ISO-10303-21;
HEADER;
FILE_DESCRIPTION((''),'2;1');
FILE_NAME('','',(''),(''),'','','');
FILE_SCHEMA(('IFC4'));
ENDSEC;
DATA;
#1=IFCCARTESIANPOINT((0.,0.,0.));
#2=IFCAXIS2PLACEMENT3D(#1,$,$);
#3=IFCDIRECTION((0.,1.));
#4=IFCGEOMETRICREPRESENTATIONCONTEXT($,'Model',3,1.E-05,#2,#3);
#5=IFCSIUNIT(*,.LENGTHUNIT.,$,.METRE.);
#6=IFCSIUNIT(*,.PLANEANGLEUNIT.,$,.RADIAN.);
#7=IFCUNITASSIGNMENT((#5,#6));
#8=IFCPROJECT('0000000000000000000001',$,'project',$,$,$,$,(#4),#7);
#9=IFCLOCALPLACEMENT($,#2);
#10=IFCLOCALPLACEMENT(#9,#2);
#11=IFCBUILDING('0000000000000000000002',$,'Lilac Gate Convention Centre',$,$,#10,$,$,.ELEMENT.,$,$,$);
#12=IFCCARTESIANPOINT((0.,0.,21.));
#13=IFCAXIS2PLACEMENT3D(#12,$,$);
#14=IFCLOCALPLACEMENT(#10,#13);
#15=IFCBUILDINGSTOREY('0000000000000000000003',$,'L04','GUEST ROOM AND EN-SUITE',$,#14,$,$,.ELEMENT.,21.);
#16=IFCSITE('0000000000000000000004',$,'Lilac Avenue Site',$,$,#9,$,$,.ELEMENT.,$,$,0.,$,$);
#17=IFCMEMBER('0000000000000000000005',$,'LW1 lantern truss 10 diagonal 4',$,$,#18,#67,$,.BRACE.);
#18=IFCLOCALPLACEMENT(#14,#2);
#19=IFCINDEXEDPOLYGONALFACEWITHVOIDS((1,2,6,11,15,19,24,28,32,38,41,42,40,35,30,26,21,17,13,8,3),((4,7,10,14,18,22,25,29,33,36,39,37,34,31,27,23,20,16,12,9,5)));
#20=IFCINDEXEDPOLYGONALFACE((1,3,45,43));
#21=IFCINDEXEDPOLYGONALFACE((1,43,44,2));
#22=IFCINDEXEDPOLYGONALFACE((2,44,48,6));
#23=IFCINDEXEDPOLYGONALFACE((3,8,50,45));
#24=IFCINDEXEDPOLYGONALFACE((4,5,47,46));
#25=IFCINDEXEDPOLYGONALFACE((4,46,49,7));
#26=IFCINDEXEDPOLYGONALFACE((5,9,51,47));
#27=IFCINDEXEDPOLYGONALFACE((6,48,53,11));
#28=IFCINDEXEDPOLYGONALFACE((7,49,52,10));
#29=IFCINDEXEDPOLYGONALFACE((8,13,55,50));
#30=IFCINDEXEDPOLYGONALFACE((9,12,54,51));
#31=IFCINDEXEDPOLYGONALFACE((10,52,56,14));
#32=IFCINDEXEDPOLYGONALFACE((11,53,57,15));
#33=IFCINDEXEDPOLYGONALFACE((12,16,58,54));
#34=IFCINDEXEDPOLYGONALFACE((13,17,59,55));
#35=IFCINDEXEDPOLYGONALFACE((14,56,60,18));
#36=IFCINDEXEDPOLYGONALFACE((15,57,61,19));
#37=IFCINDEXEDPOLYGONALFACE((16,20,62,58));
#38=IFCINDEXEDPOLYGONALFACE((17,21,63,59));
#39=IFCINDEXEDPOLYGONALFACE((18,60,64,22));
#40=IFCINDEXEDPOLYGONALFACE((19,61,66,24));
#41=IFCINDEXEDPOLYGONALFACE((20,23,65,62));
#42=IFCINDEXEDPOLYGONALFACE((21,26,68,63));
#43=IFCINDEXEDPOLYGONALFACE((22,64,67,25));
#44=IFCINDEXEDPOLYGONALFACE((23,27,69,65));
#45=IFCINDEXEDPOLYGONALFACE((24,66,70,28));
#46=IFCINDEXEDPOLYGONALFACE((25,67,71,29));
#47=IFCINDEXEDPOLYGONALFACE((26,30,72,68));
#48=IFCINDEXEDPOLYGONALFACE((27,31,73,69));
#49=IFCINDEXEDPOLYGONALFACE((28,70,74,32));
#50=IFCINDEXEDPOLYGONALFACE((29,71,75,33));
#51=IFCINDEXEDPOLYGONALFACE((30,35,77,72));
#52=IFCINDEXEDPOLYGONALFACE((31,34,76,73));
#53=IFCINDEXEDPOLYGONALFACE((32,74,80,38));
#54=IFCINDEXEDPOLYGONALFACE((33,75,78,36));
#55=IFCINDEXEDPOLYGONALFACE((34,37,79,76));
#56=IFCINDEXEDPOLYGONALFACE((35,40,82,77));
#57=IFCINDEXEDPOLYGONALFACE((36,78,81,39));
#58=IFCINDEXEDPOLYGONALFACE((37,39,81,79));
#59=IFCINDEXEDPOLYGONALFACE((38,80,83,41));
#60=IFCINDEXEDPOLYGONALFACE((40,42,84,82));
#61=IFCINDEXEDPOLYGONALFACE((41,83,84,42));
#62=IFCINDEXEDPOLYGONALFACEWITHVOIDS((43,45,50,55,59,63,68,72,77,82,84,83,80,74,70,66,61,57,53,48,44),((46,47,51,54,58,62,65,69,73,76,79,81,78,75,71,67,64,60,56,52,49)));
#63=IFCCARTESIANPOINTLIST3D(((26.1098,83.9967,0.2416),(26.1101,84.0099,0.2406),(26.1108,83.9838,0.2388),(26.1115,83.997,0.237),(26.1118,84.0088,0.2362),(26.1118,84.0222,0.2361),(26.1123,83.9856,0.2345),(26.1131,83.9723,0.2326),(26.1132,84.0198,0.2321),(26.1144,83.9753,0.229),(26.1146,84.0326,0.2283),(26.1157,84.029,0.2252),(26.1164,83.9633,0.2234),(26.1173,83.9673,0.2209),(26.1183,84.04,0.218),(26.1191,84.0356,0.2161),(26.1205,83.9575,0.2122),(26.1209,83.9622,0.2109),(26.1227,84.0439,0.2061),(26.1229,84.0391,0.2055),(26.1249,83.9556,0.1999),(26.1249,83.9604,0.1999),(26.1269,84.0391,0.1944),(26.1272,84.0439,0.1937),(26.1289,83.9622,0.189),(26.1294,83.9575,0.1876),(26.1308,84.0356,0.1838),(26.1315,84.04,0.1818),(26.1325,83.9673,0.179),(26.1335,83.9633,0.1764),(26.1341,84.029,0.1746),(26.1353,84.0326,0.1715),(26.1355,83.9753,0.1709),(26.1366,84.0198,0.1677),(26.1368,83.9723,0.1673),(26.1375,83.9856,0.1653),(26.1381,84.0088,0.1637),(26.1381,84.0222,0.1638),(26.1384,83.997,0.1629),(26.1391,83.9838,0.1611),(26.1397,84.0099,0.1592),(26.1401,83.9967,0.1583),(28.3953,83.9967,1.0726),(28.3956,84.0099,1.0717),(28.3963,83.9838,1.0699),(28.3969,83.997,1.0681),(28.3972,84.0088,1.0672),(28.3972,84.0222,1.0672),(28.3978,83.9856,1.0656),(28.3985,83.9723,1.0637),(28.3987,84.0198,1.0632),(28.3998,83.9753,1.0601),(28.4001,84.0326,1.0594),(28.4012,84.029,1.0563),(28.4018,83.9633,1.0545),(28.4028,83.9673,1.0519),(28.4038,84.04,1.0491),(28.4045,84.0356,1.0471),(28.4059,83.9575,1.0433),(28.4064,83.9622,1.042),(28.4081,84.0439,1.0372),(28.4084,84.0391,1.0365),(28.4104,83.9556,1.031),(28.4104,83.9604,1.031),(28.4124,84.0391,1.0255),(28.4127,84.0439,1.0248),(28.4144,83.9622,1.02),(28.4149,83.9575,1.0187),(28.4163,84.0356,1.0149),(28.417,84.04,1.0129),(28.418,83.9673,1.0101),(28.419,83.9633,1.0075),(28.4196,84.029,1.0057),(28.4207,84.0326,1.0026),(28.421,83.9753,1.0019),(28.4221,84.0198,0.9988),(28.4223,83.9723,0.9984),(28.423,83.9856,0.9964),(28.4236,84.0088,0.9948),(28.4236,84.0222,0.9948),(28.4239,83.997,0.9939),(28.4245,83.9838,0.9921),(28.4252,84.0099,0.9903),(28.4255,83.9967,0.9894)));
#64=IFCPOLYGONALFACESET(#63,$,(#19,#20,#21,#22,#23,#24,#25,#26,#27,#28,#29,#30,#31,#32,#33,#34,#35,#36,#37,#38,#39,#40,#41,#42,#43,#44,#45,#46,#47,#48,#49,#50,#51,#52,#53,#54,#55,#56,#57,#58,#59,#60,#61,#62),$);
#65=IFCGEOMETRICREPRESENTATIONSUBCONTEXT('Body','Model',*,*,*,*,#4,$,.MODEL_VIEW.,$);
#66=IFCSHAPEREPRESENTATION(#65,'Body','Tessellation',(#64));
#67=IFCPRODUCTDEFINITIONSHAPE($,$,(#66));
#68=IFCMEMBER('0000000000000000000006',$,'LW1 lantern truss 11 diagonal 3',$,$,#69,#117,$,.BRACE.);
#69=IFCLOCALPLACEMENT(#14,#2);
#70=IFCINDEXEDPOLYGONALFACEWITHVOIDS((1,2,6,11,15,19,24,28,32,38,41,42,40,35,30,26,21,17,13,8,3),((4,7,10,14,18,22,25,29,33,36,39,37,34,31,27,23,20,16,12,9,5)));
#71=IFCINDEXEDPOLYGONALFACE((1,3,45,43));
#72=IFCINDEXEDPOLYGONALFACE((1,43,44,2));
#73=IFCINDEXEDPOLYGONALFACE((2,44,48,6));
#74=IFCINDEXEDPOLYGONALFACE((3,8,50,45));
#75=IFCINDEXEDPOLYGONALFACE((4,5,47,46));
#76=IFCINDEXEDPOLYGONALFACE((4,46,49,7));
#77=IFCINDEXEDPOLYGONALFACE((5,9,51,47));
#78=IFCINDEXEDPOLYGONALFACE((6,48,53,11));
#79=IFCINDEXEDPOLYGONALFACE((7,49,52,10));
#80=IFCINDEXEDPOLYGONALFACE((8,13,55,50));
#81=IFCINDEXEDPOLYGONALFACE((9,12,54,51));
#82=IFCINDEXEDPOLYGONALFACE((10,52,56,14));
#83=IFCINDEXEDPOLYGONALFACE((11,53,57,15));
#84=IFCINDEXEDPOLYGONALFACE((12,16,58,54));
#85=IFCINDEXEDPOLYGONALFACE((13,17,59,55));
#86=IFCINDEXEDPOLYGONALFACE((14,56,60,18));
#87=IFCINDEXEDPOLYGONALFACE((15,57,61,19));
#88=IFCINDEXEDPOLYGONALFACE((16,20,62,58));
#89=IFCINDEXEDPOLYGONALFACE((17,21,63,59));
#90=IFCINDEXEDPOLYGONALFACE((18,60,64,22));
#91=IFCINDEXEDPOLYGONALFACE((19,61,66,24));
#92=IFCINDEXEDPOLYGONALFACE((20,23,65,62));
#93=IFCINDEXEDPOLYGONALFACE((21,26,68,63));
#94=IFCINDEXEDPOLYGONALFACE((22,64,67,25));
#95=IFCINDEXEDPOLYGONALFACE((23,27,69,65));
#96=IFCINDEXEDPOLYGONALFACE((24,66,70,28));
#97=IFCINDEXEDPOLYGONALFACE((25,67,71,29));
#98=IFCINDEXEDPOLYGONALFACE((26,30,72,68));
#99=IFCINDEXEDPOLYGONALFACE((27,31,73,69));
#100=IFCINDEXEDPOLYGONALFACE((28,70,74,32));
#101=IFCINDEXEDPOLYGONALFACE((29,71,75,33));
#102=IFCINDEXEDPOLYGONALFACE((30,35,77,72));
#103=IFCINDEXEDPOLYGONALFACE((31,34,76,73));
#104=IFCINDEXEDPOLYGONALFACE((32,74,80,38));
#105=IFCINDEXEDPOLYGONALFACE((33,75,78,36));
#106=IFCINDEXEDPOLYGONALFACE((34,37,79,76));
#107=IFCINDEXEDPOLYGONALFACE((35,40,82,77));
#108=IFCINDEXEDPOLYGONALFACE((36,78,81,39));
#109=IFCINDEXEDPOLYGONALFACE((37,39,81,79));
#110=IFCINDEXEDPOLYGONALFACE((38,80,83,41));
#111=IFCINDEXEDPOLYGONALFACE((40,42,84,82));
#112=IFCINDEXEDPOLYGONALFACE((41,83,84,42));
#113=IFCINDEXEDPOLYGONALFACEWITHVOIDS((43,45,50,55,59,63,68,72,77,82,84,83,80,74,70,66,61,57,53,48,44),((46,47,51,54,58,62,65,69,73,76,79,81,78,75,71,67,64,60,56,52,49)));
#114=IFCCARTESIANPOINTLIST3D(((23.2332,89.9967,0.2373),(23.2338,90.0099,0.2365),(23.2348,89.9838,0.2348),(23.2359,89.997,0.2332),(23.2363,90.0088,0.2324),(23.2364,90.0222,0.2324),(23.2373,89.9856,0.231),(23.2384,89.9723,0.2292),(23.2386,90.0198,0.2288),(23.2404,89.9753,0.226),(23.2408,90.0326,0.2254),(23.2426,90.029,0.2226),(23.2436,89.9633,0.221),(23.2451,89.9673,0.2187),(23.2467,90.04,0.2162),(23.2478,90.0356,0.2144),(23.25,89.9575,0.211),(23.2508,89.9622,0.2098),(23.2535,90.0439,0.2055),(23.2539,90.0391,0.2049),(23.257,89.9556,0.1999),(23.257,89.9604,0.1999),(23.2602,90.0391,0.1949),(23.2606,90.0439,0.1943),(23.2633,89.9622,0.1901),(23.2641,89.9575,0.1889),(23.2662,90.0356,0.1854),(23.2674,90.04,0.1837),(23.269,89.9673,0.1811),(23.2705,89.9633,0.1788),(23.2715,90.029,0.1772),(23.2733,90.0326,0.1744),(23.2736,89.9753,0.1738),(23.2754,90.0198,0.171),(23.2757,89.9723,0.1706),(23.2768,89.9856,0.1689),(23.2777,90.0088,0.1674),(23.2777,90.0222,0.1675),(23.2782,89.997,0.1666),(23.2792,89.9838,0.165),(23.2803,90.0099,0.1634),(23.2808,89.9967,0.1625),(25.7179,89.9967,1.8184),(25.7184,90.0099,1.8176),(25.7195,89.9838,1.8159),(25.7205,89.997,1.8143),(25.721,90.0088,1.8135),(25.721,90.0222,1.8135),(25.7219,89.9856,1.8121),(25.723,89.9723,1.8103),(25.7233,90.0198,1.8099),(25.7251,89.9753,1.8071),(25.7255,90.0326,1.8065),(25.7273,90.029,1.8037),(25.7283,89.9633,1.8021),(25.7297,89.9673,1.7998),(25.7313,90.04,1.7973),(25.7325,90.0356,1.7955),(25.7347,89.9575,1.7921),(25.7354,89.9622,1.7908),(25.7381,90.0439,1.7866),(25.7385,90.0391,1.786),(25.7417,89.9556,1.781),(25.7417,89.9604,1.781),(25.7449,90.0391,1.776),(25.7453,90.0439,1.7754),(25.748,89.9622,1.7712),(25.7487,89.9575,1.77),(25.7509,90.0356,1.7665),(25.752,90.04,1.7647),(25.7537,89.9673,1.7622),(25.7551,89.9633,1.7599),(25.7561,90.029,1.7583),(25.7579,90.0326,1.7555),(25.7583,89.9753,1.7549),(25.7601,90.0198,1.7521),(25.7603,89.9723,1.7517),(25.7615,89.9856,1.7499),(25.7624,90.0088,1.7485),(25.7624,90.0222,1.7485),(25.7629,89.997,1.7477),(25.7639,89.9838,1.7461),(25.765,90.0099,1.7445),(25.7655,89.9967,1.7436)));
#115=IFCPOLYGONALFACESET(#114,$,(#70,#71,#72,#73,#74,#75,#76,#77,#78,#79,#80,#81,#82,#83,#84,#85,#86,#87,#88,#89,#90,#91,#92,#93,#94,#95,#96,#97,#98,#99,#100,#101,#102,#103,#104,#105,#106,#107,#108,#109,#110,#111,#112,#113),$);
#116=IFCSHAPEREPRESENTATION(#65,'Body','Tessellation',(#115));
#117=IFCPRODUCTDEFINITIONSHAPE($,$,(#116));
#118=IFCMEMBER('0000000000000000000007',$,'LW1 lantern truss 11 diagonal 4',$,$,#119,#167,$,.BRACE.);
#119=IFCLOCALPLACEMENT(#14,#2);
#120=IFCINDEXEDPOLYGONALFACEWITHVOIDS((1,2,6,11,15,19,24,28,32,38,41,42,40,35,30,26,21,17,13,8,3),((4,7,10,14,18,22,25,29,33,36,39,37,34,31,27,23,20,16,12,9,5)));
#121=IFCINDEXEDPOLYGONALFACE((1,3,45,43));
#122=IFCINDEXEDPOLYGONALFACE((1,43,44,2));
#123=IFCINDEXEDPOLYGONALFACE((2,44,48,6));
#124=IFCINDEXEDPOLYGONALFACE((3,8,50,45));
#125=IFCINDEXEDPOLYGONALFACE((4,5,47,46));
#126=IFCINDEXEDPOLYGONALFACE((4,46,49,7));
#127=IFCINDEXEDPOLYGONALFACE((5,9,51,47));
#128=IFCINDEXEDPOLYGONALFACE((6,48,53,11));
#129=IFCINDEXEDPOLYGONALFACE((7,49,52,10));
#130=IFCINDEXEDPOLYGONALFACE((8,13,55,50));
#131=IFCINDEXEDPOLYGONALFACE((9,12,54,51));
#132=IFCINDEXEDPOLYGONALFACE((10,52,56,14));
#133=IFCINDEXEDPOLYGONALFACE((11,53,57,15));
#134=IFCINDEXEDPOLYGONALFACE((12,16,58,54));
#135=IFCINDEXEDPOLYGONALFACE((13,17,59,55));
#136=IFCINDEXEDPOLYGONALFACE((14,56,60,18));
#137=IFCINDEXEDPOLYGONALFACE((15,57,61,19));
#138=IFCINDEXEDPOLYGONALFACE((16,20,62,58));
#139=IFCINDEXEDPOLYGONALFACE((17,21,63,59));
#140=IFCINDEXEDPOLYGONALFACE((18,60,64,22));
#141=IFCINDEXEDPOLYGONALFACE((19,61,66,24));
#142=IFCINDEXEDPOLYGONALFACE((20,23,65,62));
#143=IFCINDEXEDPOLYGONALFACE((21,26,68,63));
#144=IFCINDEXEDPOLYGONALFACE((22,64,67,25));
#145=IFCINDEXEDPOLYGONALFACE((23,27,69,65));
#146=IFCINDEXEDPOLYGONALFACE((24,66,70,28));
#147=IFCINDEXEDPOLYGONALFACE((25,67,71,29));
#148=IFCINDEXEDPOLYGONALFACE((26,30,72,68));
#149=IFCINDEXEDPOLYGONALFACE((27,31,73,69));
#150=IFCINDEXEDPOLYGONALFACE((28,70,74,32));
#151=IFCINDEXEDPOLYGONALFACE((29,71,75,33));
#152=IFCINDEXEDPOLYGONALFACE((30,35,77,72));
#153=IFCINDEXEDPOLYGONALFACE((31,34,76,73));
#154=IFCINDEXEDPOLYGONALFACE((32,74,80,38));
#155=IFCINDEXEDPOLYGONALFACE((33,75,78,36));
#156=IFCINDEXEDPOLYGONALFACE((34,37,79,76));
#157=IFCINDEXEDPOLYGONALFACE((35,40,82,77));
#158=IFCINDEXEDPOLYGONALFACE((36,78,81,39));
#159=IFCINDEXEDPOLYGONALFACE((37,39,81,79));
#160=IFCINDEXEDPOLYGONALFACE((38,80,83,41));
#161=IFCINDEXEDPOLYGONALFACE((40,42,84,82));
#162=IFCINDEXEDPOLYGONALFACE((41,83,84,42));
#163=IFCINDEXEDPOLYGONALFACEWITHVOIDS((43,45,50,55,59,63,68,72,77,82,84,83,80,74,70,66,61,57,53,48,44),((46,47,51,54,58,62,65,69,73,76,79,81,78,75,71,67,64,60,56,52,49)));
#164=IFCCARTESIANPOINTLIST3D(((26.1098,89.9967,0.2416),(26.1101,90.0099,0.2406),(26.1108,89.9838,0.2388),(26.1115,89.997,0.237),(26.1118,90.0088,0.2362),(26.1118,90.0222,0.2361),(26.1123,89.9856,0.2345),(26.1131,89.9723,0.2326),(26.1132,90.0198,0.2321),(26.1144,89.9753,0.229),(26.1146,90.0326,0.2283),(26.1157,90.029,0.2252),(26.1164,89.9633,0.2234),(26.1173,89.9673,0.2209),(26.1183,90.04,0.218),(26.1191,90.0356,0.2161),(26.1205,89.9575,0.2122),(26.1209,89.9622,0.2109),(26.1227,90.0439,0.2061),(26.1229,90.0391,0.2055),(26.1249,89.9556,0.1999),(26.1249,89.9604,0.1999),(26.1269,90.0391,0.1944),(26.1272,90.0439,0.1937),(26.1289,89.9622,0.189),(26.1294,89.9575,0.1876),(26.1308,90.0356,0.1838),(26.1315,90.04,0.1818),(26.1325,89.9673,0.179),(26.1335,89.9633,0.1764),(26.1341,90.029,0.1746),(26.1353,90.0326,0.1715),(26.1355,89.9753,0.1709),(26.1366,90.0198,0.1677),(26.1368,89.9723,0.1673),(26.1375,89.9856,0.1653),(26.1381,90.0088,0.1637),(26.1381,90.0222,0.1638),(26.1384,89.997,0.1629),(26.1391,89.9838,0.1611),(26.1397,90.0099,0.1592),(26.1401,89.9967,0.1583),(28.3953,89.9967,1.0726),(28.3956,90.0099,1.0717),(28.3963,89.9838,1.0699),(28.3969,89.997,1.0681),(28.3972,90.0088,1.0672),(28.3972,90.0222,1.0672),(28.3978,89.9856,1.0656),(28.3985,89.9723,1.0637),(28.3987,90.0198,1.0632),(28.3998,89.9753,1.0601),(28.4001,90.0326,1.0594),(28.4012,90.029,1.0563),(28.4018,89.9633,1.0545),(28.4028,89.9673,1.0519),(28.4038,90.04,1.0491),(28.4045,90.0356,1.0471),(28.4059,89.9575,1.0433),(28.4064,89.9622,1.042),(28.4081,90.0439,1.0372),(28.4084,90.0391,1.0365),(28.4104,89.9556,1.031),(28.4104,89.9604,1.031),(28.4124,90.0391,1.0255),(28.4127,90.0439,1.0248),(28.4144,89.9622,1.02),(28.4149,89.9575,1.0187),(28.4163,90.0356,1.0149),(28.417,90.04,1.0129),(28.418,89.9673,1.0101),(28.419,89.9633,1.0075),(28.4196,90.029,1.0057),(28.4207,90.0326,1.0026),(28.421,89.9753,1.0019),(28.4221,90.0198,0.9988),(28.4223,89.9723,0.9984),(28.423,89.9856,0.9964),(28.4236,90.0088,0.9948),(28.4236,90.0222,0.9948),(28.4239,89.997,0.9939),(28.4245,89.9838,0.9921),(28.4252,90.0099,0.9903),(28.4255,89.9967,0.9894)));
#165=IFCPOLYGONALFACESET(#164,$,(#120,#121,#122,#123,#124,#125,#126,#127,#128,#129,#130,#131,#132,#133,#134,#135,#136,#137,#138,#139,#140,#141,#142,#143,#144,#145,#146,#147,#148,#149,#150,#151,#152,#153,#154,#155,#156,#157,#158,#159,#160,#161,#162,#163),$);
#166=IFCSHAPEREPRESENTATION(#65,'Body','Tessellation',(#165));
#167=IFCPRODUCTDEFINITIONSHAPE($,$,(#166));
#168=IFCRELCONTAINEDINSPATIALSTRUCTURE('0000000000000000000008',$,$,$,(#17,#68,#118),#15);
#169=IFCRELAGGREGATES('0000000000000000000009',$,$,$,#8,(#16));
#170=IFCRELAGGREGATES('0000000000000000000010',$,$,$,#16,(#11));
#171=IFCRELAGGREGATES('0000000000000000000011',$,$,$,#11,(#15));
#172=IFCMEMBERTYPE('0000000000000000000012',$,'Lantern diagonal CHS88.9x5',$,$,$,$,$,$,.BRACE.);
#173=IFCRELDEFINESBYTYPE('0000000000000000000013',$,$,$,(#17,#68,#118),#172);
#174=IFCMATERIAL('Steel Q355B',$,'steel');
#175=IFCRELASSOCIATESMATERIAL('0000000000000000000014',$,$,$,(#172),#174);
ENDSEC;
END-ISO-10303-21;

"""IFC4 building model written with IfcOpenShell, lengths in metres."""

from ifc_helpers import new_model, si_unit, direction, frame, origin, origin_2d, place, context, subcontext, project, spatial, hollow_circle, extrude, material, material_profile, profile_set, type_object, element, save


model = new_model("IFC4")

# Units and contexts
model_context = context("Model", 3, precision=1e-05, world=origin(), true_north=direction((0.0, 1.0)))
body_context = subcontext(model_context, "Body", "Model", "MODEL_VIEW")
ifc_project = project(units=[si_unit("LENGTHUNIT", "METRE"), si_unit("PLANEANGLEUNIT", "RADIAN")], contexts=[model_context])

# Site, building, storey
site_placement = place(None, origin())
site = spatial("IfcSite", under=ifc_project, at=site_placement, Name="Lilac Avenue Site", CompositionType="ELEMENT", RefElevation=0.0)
building_placement = place(site_placement, origin())
building = spatial("IfcBuilding", under=site, at=building_placement, Name="Lilac Gate Convention Centre", CompositionType="ELEMENT")
storey_placement = place(building_placement, frame((0.0, 0.0, 21.0)))
storey = spatial("IfcBuildingStorey", under=building, at=storey_placement, Name="L04", Description="GUEST ROOM AND EN-SUITE", CompositionType="ELEMENT", Elevation=21.0)

# Members
ifc_material_1 = material(Name="Steel Q355B", Category="steel")
ifc_material_profile_1 = material_profile(ifc_material_1, hollow_circle(Radius=0.0444, WallThickness=0.0049, at=origin_2d()), Name="CHS88.9x5")
ifc_profile_set_1 = profile_set([ifc_material_profile_1], Name="Steel Q355B")
member_type_1 = type_object("IfcMemberType", Name="Lantern diagonal CHS88.9x5", PredefinedType="BRACE", material=ifc_profile_set_1)
member_1_placement = place(storey_placement, frame((28.4104, 84.0, 1.031), z_axis=(-0.939793, 0.0, -0.341743), x_axis=(0.0, -1.0, 0.0)))
element("IfcMember", 1, at=member_1_placement, inside=storey, type_object=member_type_1, Name="LW1 lantern truss 10 diagonal 4", PredefinedType="BRACE", context=body_context, shape_type="SweptSolid", body=[
    extrude(hollow_circle(Radius=0.0444, WallThickness=0.0049, at=origin_2d()), origin(), (0.0, 0.0, 1.0), 2.4319),
])
member_2_placement = place(storey_placement, frame((25.7417, 90.0, 1.781), z_axis=(-0.843672, 0.0, -0.536859), x_axis=(0.0, -1.0, 0.0)))
element("IfcMember", 2, at=member_2_placement, inside=storey, type_object=member_type_1, Name="LW1 lantern truss 11 diagonal 3", PredefinedType="BRACE", context=body_context, shape_type="SweptSolid", body=[
    extrude(hollow_circle(Radius=0.0444, WallThickness=0.0049, at=origin_2d()), origin(), (0.0, 0.0, 1.0), 2.9451),
])
member_3_placement = place(storey_placement, frame((28.4104, 90.0, 1.031), z_axis=(-0.939793, 0.0, -0.341743), x_axis=(0.0, -1.0, 0.0)))
element("IfcMember", 3, at=member_3_placement, inside=storey, type_object=member_type_1, Name="LW1 lantern truss 11 diagonal 4", PredefinedType="BRACE", context=body_context, shape_type="SweptSolid", body=[
    extrude(hollow_circle(Radius=0.0444, WallThickness=0.0049, at=origin_2d()), origin(), (0.0, 0.0, 1.0), 2.4319),
])

save(model, "model.ifc")
